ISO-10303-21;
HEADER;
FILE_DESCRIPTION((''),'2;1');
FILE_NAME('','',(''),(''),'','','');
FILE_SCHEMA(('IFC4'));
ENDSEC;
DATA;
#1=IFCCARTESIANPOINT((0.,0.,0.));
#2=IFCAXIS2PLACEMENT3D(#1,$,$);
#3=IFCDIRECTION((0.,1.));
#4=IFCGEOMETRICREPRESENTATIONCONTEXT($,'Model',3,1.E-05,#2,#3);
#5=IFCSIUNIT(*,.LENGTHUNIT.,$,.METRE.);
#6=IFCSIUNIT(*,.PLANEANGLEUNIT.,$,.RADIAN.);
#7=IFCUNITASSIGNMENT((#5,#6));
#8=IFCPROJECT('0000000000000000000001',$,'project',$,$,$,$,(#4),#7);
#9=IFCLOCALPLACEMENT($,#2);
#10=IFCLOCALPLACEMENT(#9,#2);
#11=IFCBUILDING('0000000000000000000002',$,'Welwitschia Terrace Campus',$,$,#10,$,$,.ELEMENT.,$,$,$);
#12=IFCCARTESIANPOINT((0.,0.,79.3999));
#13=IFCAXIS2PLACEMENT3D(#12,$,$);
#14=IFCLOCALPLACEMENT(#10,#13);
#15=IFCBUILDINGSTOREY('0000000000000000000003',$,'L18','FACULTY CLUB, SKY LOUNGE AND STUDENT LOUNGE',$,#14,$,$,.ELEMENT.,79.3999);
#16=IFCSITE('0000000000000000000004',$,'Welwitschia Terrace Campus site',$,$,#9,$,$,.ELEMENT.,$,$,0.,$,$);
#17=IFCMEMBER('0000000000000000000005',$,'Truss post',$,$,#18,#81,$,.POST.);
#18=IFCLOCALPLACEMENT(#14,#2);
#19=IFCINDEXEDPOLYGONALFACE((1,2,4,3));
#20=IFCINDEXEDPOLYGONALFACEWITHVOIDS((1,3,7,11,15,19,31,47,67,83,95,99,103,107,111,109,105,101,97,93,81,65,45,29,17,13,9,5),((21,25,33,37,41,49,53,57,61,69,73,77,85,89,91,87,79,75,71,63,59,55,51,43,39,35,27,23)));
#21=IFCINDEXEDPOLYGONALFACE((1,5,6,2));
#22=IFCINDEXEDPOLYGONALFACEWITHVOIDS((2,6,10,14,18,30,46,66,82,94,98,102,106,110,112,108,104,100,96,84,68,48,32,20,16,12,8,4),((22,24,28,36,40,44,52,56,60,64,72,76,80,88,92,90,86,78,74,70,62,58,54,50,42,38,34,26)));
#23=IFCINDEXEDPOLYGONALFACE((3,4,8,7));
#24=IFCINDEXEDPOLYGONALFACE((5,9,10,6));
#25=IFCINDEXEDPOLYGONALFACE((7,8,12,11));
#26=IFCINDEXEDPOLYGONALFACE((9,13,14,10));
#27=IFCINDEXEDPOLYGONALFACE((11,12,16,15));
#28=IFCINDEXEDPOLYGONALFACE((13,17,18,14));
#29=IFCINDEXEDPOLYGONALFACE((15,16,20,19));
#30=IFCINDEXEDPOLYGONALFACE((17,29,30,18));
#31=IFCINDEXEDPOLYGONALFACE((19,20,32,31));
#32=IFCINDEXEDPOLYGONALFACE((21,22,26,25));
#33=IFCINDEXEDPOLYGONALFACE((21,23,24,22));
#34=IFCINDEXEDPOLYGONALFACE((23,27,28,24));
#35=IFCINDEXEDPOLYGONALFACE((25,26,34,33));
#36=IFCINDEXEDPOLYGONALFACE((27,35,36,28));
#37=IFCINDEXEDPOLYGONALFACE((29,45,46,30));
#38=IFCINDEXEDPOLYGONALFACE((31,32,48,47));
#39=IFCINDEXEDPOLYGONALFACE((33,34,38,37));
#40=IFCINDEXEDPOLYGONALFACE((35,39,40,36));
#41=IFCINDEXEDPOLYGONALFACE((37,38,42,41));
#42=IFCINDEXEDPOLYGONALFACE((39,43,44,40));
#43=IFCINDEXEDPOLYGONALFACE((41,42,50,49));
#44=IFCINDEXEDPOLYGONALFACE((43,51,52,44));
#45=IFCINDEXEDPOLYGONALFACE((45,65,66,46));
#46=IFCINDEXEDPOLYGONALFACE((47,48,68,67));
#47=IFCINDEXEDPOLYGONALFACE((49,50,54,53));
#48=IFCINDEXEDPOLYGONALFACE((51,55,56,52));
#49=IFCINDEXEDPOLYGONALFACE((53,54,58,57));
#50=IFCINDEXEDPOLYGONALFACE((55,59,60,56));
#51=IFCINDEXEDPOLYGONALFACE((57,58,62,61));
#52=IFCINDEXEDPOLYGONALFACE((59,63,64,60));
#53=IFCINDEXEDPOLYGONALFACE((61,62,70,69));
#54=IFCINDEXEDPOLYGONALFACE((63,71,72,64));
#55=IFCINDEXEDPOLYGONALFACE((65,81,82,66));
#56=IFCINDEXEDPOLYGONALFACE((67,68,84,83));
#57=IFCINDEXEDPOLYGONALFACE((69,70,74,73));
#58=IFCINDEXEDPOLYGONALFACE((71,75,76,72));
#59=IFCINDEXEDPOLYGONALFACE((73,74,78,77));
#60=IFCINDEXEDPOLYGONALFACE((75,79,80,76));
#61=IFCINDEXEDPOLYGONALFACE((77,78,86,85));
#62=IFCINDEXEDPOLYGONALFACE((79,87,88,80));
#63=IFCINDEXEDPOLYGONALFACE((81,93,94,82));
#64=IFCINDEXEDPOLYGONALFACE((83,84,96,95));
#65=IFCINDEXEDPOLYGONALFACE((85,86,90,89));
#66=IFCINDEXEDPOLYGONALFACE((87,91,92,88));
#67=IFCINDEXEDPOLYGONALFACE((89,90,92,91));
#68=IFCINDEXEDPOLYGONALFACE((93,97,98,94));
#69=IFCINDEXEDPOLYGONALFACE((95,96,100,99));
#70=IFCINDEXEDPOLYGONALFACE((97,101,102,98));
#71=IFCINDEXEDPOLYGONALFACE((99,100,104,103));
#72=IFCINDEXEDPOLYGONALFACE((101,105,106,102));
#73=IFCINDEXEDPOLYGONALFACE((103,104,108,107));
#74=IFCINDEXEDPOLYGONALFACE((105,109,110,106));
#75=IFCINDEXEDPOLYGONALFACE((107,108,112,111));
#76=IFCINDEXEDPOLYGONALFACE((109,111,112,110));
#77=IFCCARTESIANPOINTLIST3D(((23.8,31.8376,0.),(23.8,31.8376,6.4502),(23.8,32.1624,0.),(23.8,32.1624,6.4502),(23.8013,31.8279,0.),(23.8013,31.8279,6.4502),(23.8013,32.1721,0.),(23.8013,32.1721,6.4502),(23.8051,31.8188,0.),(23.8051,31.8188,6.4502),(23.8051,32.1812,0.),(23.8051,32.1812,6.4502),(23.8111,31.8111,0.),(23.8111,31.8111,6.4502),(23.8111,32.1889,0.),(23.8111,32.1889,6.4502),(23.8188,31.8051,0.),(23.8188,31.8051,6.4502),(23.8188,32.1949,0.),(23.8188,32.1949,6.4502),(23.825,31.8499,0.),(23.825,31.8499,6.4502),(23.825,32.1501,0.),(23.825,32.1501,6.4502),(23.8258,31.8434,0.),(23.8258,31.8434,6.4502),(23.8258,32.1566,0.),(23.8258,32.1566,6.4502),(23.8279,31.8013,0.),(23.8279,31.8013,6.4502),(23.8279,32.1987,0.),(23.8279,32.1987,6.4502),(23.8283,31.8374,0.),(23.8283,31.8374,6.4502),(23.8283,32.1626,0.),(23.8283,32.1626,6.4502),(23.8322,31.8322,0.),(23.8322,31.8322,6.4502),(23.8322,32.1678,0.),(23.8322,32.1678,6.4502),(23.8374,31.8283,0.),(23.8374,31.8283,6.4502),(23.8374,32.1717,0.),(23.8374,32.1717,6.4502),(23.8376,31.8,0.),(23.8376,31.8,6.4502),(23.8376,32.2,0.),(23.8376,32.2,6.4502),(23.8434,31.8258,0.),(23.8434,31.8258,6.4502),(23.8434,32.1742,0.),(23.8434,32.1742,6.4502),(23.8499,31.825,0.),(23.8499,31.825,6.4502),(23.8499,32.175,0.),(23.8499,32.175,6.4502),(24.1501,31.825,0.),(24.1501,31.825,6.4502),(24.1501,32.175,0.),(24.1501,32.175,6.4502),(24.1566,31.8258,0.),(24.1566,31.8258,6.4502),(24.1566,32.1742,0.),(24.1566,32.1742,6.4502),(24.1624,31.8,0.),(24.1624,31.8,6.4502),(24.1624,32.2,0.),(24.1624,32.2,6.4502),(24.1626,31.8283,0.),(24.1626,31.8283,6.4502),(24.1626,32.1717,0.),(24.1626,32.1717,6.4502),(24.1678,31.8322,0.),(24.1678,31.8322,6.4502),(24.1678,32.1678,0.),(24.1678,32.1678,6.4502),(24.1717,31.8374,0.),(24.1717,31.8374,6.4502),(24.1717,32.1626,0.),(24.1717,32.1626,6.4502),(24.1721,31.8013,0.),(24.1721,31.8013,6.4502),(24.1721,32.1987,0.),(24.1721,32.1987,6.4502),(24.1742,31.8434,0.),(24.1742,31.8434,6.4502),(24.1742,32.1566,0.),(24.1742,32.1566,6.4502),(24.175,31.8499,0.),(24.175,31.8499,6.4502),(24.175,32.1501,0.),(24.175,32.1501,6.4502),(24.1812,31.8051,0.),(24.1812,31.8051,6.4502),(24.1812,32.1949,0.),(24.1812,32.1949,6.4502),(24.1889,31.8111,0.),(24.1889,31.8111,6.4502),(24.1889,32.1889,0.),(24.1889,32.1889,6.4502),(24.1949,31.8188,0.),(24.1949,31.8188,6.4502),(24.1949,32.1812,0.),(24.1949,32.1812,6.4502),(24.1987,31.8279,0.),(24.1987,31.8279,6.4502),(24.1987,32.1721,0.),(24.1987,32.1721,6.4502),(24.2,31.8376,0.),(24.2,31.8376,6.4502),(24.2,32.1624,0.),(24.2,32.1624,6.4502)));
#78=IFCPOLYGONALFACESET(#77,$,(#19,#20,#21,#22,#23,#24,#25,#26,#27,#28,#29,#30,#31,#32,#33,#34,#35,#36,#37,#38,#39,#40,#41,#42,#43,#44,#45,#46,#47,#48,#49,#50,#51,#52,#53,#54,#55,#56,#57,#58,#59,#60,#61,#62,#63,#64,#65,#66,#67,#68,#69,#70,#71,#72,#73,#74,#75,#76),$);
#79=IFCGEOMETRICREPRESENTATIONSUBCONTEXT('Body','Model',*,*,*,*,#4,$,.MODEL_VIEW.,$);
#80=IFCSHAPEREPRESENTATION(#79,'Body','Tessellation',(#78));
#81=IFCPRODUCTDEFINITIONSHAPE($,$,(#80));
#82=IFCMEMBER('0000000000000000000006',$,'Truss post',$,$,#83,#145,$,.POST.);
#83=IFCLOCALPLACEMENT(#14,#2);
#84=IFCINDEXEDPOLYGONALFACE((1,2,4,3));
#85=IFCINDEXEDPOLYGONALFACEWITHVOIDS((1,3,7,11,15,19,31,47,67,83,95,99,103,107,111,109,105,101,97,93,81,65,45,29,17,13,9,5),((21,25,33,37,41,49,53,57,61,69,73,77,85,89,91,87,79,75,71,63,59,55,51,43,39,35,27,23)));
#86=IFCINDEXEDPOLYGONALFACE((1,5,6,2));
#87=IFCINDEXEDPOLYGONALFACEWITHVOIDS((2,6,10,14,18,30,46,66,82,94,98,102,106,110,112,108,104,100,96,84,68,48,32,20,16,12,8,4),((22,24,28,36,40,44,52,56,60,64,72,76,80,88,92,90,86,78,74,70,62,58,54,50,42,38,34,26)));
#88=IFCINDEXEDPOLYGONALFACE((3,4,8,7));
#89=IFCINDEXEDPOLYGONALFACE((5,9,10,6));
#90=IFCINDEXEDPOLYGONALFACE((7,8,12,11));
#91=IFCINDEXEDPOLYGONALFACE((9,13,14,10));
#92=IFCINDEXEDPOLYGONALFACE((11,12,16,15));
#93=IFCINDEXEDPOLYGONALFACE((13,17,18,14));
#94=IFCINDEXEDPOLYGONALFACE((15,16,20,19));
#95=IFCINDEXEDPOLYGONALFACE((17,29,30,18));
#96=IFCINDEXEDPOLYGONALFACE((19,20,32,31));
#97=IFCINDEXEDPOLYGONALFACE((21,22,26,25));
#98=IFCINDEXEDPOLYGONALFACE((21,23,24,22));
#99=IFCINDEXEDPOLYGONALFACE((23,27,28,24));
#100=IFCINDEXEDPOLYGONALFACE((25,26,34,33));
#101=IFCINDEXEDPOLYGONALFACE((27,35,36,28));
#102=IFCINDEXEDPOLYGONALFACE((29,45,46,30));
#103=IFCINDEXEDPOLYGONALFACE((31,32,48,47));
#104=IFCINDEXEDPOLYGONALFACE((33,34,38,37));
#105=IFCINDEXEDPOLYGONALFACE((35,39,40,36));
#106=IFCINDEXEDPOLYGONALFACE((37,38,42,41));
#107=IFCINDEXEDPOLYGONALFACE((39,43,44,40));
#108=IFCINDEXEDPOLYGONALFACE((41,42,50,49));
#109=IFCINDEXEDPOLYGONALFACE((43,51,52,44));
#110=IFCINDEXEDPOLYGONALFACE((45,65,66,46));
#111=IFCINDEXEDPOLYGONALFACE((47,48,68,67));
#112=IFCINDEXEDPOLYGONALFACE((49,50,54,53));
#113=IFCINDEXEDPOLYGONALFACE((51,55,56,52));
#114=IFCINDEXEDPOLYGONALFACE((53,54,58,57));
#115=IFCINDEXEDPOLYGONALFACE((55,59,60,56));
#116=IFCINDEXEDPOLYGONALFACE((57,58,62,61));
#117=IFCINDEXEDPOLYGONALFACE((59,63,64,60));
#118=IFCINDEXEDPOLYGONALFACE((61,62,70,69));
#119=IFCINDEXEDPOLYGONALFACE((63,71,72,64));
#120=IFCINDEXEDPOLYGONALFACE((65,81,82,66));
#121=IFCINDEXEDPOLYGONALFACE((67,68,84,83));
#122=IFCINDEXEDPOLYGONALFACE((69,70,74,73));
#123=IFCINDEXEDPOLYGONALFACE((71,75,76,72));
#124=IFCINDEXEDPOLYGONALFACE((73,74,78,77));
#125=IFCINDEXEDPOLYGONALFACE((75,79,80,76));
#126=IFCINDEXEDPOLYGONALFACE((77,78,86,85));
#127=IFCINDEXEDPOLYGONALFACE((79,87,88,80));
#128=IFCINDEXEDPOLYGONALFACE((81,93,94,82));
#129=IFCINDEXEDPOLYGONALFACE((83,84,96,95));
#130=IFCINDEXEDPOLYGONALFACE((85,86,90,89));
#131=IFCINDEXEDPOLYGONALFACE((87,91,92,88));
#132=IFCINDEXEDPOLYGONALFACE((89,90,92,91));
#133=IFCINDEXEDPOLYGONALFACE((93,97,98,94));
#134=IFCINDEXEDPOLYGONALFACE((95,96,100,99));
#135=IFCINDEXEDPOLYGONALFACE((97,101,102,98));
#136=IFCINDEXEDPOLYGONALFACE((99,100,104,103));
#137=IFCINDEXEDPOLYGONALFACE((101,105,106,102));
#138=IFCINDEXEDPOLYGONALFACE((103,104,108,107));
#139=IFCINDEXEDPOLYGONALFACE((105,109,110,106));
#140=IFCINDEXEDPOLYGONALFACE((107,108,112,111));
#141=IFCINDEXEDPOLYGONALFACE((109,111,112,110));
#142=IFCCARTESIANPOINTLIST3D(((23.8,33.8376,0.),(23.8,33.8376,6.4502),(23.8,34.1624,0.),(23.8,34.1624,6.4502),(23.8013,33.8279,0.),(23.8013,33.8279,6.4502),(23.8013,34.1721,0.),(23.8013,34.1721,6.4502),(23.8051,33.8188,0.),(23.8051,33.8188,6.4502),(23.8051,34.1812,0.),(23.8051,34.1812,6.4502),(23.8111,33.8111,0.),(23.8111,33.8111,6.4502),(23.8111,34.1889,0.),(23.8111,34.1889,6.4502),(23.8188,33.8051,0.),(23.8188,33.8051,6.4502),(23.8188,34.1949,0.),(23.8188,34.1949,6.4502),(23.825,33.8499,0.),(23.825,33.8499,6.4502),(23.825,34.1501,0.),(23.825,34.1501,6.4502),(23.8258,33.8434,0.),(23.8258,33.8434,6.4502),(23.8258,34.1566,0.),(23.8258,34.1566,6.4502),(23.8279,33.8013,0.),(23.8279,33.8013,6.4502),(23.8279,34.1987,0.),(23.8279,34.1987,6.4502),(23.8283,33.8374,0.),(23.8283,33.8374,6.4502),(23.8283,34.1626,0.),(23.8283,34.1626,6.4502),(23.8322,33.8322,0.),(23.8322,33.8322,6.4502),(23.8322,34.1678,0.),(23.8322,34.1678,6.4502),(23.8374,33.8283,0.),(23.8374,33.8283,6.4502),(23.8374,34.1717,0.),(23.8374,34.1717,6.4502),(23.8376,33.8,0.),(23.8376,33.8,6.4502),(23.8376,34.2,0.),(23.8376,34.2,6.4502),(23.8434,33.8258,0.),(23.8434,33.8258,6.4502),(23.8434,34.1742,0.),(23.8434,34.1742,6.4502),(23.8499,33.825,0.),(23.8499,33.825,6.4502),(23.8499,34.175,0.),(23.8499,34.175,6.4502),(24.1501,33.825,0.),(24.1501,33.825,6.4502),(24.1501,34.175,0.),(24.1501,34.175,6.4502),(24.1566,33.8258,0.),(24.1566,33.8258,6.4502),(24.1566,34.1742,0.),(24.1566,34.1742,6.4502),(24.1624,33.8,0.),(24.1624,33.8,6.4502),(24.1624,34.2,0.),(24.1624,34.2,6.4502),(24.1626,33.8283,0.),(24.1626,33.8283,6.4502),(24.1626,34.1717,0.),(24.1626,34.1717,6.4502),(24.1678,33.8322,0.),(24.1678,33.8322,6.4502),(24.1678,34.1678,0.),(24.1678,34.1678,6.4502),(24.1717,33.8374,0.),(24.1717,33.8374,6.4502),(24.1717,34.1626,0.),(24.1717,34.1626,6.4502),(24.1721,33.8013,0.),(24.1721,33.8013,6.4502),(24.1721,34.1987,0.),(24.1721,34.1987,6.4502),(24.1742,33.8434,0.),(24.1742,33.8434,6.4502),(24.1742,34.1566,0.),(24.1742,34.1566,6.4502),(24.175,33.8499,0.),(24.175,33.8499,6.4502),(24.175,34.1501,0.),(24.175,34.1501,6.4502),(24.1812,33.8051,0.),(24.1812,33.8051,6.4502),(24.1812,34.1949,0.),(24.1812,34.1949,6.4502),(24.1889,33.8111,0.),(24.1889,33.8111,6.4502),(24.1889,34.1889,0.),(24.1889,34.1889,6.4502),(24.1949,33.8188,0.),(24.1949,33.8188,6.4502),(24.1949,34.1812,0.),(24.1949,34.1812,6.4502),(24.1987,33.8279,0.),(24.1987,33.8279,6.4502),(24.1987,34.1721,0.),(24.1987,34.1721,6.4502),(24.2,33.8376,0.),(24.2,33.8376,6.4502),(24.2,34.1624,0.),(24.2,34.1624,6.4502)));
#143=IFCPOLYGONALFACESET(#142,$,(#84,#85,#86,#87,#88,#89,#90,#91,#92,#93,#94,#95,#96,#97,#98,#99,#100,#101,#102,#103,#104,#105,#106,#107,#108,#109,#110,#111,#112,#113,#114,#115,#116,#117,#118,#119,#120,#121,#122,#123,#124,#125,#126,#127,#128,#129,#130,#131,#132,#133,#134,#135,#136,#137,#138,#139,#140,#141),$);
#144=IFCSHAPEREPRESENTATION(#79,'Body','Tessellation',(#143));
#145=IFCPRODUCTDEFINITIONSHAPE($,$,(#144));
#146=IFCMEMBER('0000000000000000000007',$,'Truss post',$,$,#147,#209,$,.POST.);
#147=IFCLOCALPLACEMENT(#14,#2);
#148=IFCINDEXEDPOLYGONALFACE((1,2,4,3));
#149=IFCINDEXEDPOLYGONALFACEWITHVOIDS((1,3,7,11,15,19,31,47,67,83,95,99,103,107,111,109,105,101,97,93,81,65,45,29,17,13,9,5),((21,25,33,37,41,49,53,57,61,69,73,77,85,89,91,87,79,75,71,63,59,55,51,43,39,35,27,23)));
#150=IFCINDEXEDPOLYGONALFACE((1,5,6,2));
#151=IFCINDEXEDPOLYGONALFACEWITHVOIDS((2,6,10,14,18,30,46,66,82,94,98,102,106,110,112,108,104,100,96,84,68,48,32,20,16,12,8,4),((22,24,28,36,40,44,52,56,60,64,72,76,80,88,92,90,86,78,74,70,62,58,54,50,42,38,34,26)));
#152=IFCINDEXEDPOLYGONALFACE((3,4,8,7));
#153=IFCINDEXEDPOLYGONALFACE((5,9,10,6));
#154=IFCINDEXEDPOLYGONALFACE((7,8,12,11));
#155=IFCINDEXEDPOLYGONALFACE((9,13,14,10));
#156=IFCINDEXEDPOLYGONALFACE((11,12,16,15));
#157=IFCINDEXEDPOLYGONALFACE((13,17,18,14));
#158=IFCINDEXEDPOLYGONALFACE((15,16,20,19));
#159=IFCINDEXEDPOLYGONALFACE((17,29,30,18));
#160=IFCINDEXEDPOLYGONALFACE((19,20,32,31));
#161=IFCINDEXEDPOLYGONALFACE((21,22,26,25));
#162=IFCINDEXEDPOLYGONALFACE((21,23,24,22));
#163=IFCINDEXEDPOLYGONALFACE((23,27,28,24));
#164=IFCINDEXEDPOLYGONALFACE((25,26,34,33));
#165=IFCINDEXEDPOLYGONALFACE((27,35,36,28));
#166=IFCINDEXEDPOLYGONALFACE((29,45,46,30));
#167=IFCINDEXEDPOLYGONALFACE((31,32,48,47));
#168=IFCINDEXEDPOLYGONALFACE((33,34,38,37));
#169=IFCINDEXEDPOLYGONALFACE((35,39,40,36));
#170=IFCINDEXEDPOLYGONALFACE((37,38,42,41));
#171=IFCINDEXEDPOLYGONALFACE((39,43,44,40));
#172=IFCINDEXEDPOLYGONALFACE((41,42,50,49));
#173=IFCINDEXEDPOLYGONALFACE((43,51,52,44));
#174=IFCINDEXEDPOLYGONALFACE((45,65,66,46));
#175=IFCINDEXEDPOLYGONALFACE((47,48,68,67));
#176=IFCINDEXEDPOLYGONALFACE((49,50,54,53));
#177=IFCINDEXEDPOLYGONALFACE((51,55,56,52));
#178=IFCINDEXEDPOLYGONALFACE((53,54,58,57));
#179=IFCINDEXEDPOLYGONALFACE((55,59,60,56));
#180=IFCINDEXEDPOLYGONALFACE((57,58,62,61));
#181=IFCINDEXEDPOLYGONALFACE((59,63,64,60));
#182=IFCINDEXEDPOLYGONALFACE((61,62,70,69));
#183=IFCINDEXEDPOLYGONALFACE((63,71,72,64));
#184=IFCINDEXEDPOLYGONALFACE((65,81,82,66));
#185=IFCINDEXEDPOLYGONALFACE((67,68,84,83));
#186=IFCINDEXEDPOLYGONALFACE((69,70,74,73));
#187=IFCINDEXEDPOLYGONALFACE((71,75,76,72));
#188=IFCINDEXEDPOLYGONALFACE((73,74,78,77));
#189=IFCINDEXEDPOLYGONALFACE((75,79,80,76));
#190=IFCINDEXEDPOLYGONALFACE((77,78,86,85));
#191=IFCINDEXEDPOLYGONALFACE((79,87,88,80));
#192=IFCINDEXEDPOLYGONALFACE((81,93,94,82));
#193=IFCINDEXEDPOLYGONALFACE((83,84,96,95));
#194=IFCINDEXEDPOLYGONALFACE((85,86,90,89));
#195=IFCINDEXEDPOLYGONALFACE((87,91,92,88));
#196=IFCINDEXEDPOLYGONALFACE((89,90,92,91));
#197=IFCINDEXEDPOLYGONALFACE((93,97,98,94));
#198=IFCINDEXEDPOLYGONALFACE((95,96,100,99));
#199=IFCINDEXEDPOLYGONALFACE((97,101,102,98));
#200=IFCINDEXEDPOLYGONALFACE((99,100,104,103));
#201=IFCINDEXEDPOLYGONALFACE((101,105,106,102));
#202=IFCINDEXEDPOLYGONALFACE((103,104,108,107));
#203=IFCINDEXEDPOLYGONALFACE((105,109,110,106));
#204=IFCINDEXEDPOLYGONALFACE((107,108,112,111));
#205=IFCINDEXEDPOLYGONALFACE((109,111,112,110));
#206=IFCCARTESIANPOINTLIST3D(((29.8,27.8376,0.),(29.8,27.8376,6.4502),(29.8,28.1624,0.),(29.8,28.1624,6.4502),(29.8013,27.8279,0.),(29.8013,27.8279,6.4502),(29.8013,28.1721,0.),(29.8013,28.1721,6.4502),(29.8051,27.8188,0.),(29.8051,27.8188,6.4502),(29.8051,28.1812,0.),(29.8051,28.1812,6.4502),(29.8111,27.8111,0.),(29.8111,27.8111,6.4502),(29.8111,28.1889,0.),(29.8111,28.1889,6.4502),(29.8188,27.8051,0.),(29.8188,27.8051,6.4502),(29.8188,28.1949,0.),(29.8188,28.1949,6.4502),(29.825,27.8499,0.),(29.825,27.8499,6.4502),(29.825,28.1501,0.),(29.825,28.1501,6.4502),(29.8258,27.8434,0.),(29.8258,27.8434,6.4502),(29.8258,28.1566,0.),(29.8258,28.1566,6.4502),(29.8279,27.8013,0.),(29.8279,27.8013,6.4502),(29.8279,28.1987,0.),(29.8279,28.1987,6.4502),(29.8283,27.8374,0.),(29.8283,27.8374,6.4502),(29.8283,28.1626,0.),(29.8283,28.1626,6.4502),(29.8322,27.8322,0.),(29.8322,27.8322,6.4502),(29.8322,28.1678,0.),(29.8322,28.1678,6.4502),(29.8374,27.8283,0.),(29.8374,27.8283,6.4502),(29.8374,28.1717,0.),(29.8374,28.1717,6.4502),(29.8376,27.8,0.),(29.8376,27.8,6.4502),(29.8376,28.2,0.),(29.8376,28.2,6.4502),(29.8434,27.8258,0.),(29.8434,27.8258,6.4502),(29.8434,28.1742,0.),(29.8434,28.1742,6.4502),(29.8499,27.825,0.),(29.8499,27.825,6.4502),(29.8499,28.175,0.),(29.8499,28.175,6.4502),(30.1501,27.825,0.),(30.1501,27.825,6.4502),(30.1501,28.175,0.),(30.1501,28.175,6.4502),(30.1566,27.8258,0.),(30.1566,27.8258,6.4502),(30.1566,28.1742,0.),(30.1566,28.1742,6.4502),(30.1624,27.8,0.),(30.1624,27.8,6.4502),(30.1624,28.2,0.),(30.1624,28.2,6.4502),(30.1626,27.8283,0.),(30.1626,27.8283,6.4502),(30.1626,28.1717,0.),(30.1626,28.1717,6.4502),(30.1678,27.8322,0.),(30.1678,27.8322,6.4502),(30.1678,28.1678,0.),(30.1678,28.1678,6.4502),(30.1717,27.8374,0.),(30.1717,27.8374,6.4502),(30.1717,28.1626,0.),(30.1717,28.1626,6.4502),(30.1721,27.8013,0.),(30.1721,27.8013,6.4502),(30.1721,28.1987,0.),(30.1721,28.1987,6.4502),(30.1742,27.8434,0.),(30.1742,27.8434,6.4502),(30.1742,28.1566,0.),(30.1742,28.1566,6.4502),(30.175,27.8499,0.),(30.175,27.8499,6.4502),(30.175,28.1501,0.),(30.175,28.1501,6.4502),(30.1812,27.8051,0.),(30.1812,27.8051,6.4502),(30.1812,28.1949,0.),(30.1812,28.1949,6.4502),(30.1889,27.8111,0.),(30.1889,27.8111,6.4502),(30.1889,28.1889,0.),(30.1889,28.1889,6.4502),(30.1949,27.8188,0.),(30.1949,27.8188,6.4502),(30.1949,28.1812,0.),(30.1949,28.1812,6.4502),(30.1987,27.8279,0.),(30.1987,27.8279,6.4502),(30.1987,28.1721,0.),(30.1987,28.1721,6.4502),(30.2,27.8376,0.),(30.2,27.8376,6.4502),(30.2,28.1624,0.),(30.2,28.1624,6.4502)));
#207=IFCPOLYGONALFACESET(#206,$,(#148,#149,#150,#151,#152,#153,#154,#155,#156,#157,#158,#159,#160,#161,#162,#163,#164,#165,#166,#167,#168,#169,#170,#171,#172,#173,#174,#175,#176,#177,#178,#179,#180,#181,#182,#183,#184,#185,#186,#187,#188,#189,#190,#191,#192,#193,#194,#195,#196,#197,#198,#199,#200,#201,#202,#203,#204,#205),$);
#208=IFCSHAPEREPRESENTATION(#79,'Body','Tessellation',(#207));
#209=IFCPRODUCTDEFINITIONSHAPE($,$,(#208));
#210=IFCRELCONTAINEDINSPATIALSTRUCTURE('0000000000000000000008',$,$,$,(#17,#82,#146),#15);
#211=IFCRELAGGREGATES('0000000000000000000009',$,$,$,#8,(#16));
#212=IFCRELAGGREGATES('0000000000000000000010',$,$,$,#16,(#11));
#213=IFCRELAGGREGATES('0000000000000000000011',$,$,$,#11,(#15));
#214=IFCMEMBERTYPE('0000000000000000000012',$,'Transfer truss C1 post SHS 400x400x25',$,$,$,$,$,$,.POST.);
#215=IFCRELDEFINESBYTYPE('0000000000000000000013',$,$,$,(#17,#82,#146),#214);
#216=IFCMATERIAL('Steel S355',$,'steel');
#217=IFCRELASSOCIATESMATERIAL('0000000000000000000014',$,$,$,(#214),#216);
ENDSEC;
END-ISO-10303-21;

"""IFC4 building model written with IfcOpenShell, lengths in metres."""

from ifc_helpers import new_model, si_unit, direction, frame, origin, origin_2d, place, context, subcontext, project, spatial, hollow_rectangle, extrude, material, material_profile, profile_set, type_object, element, save


model = new_model("IFC4")

# Units and contexts
model_context = context("Model", 3, precision=1e-05, world=origin(), true_north=direction((0.0, 1.0)))
body_context = subcontext(model_context, "Body", "Model", "MODEL_VIEW")
ifc_project = project(units=[si_unit("LENGTHUNIT", "METRE"), si_unit("PLANEANGLEUNIT", "RADIAN")], contexts=[model_context])

# Site, building, storey
site_placement = place(None, origin())
site = spatial("IfcSite", under=ifc_project, at=site_placement, Name="Welwitschia Terrace Campus site", CompositionType="ELEMENT", RefElevation=0.0)
building_placement = place(site_placement, origin())
building = spatial("IfcBuilding", under=site, at=building_placement, Name="Welwitschia Terrace Campus", CompositionType="ELEMENT")
storey_placement = place(building_placement, frame((0.0, 0.0, 79.3999)))
storey = spatial("IfcBuildingStorey", under=building, at=storey_placement, Name="L18", Description="FACULTY CLUB, SKY LOUNGE AND STUDENT LOUNGE", CompositionType="ELEMENT", Elevation=79.3999)

# Members
ifc_material_1 = material(Name="Steel S355", Category="steel")
ifc_material_profile_1 = material_profile(ifc_material_1, hollow_rectangle(XDim=0.3999, YDim=0.3999, WallThickness=0.0249, InnerFilletRadius=0.0249, OuterFilletRadius=0.0376, at=origin_2d()))
ifc_profile_set_1 = profile_set([ifc_material_profile_1], Name="Steel S355")
member_type_1 = type_object("IfcMemberType", Name="Transfer truss C1 post SHS 400x400x25", PredefinedType="POST", material=ifc_profile_set_1)
for number, where, z_axis, x_axis, name in (
    (1, (24.0, 32.0, 0.0), (0.0, 0.0, 1.0), (1.0, 0.0, 0.0), "Truss post"),
    (2, (24.0, 34.0, 0.0), (0.0, 0.0, 1.0), (1.0, 0.0, 0.0), "Truss post"),
    (3, (30.0, 28.0, 0.0), (0.0, 0.0, 1.0), (1.0, 0.0, 0.0), "Truss post"),
):
    element("IfcMember", number, at=place(storey_placement, frame(where, z_axis=z_axis, x_axis=x_axis)), inside=storey, type_object=member_type_1, Name=name, PredefinedType="POST", context=body_context, shape_type="SweptSolid", body=[
        extrude(hollow_rectangle(XDim=0.3999, YDim=0.3999, WallThickness=0.0249, InnerFilletRadius=0.0249, OuterFilletRadius=0.0376, at=origin_2d()), origin(), (0.0, 0.0, 1.0), 6.4502),
    ])

save(model, "model.ifc")
